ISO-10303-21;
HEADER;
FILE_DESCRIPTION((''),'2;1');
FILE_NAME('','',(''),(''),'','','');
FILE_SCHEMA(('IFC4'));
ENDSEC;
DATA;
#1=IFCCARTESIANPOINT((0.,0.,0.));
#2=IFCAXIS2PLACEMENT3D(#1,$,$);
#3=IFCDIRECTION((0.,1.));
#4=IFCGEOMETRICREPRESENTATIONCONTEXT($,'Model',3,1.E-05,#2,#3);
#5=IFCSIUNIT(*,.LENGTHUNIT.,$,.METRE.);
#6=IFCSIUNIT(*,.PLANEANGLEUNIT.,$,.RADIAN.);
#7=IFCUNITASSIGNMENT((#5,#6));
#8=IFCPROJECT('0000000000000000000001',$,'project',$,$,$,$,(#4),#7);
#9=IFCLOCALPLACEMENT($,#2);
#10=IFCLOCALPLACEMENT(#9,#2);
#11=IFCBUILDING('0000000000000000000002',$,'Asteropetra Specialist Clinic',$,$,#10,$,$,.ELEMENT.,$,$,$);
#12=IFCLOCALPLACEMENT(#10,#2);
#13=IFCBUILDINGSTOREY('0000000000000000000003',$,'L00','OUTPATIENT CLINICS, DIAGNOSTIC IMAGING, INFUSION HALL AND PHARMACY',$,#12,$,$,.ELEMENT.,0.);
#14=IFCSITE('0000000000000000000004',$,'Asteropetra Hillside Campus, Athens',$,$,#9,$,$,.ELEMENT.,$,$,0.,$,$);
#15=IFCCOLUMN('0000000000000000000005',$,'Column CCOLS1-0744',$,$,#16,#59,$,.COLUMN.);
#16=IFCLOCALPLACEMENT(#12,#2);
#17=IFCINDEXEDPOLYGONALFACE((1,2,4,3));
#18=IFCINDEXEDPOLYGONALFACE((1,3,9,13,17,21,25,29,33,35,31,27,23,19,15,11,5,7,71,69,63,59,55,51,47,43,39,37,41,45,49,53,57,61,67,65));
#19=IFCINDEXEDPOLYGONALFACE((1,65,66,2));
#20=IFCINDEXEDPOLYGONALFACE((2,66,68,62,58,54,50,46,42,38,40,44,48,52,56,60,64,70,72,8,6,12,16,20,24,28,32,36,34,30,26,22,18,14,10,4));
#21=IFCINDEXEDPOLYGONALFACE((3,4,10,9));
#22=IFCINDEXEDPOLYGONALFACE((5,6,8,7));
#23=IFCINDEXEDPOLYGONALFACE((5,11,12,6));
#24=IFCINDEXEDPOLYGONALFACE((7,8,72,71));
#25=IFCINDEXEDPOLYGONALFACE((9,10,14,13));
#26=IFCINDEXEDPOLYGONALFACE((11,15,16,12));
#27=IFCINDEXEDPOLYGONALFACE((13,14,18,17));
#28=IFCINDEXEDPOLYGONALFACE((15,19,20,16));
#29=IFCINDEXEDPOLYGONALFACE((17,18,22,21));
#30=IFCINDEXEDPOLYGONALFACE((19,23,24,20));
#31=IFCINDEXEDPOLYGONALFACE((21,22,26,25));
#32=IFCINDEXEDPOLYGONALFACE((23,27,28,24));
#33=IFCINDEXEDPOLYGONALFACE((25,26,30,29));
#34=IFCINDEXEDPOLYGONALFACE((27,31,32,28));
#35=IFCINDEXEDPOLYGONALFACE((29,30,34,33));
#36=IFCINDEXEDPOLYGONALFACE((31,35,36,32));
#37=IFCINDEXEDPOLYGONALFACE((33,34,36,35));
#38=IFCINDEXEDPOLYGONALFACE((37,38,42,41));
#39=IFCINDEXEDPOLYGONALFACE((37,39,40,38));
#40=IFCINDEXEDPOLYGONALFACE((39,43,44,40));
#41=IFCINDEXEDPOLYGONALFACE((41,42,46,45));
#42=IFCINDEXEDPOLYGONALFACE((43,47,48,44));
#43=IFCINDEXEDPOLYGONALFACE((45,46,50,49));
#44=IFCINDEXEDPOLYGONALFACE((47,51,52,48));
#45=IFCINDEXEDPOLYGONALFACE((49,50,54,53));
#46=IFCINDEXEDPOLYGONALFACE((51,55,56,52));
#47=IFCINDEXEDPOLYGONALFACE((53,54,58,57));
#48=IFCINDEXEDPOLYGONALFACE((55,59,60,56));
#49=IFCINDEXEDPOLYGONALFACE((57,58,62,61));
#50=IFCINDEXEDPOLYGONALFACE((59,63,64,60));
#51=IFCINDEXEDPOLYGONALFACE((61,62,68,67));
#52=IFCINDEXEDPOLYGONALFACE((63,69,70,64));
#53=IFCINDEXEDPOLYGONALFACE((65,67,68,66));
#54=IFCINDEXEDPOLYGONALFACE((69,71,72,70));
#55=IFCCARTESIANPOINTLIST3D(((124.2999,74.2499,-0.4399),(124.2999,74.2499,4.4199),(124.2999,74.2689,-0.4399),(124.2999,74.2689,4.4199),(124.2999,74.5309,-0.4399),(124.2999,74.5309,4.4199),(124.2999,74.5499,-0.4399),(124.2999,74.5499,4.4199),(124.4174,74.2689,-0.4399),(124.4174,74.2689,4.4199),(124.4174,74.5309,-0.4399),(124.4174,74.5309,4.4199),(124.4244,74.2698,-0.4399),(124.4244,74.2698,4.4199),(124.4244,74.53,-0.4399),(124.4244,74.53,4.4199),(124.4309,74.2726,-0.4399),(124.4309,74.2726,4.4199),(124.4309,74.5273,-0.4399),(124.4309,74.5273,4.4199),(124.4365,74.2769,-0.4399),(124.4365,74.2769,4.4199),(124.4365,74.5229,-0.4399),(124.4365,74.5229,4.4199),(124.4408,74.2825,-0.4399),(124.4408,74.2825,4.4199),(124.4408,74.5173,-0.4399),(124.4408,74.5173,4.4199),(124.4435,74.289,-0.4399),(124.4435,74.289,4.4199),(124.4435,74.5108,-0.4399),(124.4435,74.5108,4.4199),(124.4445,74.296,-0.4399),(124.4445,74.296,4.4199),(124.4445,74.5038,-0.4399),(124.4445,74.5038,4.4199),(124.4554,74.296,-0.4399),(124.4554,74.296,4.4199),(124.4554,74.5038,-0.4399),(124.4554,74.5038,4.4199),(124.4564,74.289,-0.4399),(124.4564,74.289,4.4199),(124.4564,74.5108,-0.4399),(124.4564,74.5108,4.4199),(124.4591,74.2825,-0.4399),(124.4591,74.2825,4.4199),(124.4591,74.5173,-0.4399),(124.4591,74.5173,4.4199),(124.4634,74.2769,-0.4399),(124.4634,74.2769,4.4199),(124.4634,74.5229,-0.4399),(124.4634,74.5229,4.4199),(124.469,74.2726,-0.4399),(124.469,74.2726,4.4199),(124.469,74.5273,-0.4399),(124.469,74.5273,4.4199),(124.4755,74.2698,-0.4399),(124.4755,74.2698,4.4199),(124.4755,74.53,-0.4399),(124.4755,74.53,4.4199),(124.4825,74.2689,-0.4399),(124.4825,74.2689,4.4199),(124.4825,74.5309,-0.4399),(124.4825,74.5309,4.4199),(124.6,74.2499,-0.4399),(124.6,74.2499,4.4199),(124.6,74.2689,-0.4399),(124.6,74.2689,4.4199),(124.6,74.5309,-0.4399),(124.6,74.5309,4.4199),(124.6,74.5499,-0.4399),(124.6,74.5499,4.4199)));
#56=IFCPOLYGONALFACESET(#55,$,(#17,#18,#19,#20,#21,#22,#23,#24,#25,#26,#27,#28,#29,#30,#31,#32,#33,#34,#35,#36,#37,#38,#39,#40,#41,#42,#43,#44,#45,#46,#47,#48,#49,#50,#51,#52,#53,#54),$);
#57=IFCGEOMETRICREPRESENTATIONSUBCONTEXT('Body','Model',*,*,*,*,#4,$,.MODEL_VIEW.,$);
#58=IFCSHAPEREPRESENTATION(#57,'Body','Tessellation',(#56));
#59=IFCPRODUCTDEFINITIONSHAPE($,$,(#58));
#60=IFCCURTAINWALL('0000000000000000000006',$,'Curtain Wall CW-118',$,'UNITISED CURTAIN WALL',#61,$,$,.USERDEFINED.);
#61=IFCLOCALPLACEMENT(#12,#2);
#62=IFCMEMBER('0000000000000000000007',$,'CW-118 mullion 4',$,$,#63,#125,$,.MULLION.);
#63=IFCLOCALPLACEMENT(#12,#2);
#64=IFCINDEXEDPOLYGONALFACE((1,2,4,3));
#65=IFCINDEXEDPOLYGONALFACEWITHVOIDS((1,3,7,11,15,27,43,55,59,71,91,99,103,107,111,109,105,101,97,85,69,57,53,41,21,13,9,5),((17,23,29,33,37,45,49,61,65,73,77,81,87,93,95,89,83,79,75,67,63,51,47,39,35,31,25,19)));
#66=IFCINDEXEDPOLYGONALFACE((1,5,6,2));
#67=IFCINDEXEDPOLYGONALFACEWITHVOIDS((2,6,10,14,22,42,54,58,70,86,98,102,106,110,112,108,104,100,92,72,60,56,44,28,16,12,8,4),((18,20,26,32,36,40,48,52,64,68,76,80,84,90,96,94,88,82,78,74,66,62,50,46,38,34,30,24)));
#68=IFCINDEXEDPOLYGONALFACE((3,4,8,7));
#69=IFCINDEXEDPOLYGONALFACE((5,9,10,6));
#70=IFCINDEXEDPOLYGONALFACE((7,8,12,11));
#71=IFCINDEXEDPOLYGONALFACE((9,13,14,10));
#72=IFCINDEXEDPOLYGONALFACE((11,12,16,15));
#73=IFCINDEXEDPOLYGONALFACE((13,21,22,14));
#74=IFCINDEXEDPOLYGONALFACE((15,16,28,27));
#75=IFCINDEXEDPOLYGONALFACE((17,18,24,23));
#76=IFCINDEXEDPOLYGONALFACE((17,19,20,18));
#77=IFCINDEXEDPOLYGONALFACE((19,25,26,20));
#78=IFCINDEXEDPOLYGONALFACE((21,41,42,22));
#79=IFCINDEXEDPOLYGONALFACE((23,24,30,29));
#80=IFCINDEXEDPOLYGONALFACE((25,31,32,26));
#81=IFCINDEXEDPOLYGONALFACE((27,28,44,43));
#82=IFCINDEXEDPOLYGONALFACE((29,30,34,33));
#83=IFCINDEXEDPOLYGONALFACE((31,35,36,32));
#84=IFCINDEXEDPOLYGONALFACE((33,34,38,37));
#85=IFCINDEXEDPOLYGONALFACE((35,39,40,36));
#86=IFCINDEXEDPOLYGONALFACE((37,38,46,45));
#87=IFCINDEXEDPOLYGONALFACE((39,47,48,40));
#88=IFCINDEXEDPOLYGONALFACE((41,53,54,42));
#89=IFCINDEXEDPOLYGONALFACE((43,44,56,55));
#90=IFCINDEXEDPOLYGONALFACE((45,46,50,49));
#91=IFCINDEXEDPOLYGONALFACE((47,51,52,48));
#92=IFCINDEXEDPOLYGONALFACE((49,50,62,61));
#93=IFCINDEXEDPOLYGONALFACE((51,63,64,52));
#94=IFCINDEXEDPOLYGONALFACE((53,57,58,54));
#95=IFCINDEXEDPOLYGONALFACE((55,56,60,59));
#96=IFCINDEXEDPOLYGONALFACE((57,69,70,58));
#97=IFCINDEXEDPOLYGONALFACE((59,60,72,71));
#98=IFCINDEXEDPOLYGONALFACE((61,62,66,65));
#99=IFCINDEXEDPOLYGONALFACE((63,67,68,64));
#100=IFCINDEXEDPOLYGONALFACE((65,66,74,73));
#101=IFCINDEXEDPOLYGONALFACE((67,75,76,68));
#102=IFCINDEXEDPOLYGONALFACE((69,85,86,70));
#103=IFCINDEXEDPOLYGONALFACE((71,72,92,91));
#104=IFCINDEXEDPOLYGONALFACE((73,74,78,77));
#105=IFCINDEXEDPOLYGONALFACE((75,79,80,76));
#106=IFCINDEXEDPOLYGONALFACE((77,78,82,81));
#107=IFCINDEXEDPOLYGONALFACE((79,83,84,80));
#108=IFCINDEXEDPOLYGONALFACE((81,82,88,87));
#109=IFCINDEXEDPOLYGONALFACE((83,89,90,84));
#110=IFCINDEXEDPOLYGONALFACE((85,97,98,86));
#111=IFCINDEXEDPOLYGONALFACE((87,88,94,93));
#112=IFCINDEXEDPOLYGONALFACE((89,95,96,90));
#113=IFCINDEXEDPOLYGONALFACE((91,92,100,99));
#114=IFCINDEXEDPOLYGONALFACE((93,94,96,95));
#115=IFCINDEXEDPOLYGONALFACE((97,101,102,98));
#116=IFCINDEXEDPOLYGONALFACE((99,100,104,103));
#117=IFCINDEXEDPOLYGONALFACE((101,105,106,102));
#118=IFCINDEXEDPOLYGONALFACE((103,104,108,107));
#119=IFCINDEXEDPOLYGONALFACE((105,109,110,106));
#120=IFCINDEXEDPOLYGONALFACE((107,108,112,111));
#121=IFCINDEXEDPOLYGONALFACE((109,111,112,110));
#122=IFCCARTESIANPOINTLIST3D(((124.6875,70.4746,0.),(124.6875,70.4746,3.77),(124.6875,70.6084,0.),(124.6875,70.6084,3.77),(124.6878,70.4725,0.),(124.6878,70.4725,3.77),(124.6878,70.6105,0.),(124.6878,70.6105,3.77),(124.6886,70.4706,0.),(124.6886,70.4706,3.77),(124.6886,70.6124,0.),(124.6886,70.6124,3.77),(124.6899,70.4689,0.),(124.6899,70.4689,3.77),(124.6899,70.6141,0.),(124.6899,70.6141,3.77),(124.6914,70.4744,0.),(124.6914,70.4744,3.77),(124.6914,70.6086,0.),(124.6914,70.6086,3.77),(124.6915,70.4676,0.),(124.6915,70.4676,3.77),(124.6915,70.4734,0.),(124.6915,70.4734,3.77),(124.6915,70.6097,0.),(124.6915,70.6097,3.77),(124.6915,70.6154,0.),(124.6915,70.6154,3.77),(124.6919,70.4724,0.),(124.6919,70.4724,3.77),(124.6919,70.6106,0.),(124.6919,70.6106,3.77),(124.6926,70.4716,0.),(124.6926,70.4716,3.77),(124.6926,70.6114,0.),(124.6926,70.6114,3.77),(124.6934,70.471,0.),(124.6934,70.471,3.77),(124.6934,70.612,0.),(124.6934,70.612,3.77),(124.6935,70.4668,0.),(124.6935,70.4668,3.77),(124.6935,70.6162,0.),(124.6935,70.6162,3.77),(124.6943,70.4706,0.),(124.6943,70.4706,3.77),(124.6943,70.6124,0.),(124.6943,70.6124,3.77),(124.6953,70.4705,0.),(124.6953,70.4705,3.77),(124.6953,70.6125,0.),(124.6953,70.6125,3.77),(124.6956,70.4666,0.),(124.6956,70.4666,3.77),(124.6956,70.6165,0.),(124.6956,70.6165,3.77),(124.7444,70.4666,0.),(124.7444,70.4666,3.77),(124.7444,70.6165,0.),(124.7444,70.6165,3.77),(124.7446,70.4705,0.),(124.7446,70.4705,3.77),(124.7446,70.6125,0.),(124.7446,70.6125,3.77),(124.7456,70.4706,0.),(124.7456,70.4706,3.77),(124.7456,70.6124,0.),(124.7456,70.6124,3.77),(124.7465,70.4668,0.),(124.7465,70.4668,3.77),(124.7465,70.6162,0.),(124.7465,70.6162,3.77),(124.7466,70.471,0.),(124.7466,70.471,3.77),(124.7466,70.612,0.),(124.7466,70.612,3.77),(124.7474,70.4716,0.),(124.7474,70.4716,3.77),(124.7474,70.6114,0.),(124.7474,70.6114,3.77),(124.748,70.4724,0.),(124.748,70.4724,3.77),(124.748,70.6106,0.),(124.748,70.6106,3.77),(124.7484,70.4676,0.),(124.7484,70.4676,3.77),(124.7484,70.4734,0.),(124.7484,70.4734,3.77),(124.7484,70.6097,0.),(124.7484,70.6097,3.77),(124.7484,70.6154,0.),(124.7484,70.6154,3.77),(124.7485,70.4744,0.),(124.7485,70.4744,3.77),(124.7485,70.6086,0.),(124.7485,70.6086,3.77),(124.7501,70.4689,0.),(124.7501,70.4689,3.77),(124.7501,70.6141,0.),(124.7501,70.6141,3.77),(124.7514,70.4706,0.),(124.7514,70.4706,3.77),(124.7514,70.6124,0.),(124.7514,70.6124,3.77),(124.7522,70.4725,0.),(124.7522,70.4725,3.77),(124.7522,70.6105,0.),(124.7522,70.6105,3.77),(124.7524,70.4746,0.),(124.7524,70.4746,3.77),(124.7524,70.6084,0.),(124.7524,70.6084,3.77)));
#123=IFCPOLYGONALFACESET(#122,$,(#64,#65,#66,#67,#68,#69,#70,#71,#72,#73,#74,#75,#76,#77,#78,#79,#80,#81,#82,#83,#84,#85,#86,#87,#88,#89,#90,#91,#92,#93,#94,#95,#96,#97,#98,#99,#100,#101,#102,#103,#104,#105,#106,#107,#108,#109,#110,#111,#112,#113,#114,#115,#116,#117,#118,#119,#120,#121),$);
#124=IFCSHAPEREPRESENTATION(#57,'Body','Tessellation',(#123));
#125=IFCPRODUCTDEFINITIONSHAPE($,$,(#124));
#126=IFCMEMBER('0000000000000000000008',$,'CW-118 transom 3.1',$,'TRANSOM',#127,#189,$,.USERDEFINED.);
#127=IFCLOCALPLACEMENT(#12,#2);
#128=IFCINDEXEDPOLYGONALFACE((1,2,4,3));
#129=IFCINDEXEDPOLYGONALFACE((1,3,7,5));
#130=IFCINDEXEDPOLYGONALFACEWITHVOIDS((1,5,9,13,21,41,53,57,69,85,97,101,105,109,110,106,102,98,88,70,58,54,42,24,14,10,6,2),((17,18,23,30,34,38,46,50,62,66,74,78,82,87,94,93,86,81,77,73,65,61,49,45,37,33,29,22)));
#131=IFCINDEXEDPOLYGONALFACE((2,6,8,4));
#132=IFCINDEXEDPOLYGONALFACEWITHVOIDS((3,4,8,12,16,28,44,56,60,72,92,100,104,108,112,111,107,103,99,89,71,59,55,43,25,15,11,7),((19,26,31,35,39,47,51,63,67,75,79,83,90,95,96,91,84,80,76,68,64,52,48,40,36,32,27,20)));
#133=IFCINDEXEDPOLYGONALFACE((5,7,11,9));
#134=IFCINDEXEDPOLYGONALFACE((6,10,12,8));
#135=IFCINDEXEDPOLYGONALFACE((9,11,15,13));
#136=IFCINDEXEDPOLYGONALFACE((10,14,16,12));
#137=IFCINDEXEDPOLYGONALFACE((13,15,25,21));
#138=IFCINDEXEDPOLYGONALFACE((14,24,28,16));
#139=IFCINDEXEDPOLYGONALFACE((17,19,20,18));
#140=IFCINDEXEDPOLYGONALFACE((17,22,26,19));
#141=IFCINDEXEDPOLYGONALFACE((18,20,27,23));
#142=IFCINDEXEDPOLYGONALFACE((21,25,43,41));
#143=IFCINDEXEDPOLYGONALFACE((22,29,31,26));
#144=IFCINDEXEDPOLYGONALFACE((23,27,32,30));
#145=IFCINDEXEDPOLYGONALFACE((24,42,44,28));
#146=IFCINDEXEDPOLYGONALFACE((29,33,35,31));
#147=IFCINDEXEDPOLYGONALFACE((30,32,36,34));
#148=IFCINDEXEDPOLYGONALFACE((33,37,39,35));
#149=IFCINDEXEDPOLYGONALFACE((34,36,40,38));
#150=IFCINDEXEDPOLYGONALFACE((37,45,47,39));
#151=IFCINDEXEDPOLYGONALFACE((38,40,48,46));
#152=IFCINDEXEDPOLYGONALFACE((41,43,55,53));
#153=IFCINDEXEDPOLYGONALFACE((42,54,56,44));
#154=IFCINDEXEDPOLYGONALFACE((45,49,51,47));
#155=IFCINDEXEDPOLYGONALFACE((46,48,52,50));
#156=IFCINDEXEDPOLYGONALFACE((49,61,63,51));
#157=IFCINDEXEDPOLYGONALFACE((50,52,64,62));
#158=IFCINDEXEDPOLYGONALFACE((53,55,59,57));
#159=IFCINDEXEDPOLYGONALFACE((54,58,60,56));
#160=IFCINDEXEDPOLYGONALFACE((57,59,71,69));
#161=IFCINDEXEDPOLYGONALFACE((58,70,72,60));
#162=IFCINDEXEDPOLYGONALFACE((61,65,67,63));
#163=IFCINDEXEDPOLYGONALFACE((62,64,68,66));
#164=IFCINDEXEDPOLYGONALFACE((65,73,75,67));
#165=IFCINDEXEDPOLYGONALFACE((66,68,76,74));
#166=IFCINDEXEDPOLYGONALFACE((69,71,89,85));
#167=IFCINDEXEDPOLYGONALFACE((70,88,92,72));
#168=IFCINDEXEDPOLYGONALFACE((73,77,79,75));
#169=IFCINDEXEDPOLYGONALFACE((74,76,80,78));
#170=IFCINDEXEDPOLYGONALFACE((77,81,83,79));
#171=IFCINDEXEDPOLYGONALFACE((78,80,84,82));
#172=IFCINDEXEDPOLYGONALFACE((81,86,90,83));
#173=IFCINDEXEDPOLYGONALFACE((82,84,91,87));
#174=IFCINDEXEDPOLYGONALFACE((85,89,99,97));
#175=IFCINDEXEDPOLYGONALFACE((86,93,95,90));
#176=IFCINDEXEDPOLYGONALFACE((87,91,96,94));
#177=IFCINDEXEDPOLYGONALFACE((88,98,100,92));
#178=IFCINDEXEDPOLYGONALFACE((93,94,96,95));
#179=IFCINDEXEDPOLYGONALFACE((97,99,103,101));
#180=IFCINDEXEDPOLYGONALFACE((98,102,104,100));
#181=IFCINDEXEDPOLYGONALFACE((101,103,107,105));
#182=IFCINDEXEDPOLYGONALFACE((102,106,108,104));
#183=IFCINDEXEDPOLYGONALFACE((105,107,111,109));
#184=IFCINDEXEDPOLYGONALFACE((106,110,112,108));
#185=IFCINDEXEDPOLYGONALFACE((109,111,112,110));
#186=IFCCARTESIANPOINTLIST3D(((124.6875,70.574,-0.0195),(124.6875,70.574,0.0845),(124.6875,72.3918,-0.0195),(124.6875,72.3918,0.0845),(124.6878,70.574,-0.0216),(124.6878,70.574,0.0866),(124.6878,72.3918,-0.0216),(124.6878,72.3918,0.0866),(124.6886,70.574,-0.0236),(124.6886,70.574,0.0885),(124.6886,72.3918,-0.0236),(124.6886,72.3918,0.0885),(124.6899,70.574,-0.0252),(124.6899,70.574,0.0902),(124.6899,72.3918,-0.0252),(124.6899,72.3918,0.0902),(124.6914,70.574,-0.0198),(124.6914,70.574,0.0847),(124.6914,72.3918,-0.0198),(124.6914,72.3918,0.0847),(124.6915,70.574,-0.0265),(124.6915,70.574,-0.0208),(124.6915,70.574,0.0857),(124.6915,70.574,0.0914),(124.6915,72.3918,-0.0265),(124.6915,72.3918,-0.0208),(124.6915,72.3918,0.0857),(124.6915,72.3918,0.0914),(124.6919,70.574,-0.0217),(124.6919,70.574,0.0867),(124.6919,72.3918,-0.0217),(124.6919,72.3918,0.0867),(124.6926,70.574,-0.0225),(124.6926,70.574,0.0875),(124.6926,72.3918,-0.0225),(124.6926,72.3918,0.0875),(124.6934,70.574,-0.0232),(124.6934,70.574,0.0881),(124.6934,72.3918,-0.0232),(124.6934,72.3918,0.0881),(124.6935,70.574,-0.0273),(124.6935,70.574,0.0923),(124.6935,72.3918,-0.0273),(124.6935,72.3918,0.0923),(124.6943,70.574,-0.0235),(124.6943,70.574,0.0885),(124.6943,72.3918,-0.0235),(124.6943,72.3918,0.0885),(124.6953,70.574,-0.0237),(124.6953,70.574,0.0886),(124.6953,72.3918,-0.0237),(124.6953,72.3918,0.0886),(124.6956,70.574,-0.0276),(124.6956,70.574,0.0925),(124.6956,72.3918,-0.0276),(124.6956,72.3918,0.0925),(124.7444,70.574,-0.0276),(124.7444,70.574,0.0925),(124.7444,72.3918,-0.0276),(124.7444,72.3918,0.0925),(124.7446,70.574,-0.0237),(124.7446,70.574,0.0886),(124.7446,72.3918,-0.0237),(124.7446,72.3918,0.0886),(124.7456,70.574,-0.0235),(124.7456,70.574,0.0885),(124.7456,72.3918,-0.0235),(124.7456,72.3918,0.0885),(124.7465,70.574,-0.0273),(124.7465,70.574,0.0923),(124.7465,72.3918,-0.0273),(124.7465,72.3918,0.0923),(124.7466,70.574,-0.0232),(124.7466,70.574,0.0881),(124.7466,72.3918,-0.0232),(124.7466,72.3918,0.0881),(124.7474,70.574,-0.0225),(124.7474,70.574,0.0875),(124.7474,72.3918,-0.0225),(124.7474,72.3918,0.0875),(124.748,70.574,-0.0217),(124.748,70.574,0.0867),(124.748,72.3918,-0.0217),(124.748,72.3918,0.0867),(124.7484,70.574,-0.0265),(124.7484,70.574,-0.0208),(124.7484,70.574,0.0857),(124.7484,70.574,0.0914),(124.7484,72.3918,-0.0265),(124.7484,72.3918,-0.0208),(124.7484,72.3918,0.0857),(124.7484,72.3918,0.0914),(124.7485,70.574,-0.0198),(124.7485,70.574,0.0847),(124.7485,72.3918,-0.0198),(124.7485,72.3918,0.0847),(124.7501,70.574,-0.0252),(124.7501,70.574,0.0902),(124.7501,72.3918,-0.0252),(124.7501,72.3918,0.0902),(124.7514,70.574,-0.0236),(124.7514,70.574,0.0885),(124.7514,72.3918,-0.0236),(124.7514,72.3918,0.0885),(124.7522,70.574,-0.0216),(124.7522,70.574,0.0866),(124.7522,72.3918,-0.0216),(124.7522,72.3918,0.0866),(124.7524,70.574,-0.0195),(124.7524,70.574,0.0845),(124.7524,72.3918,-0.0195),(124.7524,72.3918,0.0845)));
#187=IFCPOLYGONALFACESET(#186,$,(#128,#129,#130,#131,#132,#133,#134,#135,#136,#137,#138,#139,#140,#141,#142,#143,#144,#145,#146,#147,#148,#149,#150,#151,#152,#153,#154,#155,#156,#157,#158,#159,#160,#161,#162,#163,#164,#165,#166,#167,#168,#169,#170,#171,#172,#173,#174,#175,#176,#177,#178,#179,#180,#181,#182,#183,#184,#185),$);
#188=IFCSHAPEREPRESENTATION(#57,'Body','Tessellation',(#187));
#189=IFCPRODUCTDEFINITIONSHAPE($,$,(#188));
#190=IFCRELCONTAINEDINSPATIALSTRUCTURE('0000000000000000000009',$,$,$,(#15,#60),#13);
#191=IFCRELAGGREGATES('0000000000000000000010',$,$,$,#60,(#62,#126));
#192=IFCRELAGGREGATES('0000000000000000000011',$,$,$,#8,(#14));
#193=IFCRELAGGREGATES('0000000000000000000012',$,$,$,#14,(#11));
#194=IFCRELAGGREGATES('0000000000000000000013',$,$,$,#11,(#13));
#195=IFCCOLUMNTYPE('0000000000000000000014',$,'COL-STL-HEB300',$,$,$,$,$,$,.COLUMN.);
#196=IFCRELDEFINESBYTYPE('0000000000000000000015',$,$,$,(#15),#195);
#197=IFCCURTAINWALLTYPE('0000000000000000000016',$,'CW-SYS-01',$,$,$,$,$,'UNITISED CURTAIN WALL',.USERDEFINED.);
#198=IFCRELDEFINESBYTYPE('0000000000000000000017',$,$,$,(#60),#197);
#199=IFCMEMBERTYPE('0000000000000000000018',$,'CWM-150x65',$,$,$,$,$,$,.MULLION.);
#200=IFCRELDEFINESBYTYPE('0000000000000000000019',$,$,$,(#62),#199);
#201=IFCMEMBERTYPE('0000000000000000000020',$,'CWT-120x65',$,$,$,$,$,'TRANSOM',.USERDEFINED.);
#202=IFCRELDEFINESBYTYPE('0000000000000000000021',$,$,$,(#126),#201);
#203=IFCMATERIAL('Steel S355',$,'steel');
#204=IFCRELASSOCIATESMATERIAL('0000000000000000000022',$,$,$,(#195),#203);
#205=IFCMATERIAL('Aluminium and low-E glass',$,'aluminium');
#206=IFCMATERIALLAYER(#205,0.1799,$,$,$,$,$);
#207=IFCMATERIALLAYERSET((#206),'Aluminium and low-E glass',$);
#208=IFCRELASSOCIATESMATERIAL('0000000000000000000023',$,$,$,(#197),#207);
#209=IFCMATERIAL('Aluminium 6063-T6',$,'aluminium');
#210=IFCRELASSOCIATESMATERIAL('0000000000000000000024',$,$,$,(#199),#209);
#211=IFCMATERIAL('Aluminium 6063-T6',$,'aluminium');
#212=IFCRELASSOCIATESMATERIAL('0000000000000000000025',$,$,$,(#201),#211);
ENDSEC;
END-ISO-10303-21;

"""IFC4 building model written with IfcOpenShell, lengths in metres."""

from ifc_helpers import new_model, si_unit, direction, frame, origin, origin_2d, place, context, subcontext, project, spatial, hollow_rectangle, i_section, extrude, material, layer, layer_set, material_profile, profile_set, type_object, element, aggregate, save


model = new_model("IFC4")

# Units and contexts
model_context = context("Model", 3, precision=1e-05, world=origin(), true_north=direction((0.0, 1.0)))
body_context = subcontext(model_context, "Body", "Model", "MODEL_VIEW")
ifc_project = project(units=[si_unit("LENGTHUNIT", "METRE"), si_unit("PLANEANGLEUNIT", "RADIAN")], contexts=[model_context])

# Site, building, storey
site_placement = place(None, origin())
site = spatial("IfcSite", under=ifc_project, at=site_placement, Name="Asteropetra Hillside Campus, Athens", CompositionType="ELEMENT", RefElevation=0.0)
building_placement = place(site_placement, origin())
building = spatial("IfcBuilding", under=site, at=building_placement, Name="Asteropetra Specialist Clinic", CompositionType="ELEMENT")
storey_placement = place(building_placement, origin())
storey = spatial("IfcBuildingStorey", under=building, at=storey_placement, Name="L00", Description="OUTPATIENT CLINICS, DIAGNOSTIC IMAGING, INFUSION HALL AND PHARMACY", CompositionType="ELEMENT", Elevation=0.0)

# Column
ifc_material_1 = material(Name="Steel S355", Category="steel")
ifc_material_profile_1 = material_profile(ifc_material_1, i_section(OverallWidth=0.3, OverallDepth=0.3, WebThickness=0.011, FlangeThickness=0.019, FilletRadius=0.0271, at=origin_2d()), Name="HEB 300")
ifc_profile_set_1 = profile_set([ifc_material_profile_1], Name="Steel S355")
column_type = type_object("IfcColumnType", Name="COL-STL-HEB300", PredefinedType="COLUMN", material=ifc_profile_set_1)
for number, where, z_axis, x_axis, name in (
    (1, (124.45, 74.3999, -0.4399), (0.0, 0.0, 1.0), (1.0, 0.0, 0.0), "Column CCOLS1-0744"),
):
    element("IfcColumn", number, at=place(storey_placement, frame(where, z_axis=z_axis, x_axis=x_axis)), inside=storey, type_object=column_type, Name=name, PredefinedType="COLUMN", context=body_context, shape_type="SweptSolid", body=[
        extrude(i_section(OverallWidth=0.3, OverallDepth=0.3, WebThickness=0.011, FlangeThickness=0.019, FilletRadius=0.0271, at=origin_2d()), origin(), (0.0, 0.0, 1.0), 4.8599),
    ])

# Curtain wall, members
ifc_material_2 = material(Name="Aluminium and low-E glass", Category="aluminium")
ifc_layer_1 = layer(ifc_material_2, 0.1799)
ifc_layer_set_1 = layer_set([ifc_layer_1], Name="Aluminium and low-E glass")
curtain_wall_type = type_object("IfcCurtainWallType", Name="CW-SYS-01", ElementType="UNITISED CURTAIN WALL", PredefinedType="USERDEFINED", material=ifc_layer_set_1)
curtain_wall_placement = place(storey_placement, origin())
curtain_wall = element("IfcCurtainWall", 2, at=curtain_wall_placement, inside=storey, type_object=curtain_wall_type, Name="Curtain Wall CW-118", ObjectType="UNITISED CURTAIN WALL", PredefinedType="USERDEFINED")
ifc_material_3 = material(Name="Aluminium 6063-T6", Category="aluminium")
ifc_material_profile_2 = material_profile(ifc_material_3, hollow_rectangle(XDim=0.0649, YDim=0.1499, WallThickness=0.0039, InnerFilletRadius=0.0039, OuterFilletRadius=0.0081, at=origin_2d()), Name="MUL 150x65x4.0")
ifc_profile_set_2 = profile_set([ifc_material_profile_2], Name="Aluminium 6063-T6")
member_type_1 = type_object("IfcMemberType", Name="CWM-150x65", PredefinedType="MULLION", material=ifc_profile_set_2)
member_1_placement = place(storey_placement, frame((124.72, 70.5415, 0.0), z_axis=(0.0, 0.0, 1.0), x_axis=(1.0, 0.0, 0.0)))
member_1 = element("IfcMember", 3, at=member_1_placement, type_object=member_type_1, Name="CW-118 mullion 4", PredefinedType="MULLION", context=body_context, shape_type="SweptSolid", body=[
    extrude(hollow_rectangle(XDim=0.0649, YDim=0.1499, WallThickness=0.0039, InnerFilletRadius=0.0039, OuterFilletRadius=0.0081, at=origin_2d()), origin(), (0.0, 0.0, 1.0), 3.77),
])
ifc_material_4 = material(Name="Aluminium 6063-T6", Category="aluminium")
ifc_material_profile_3 = material_profile(ifc_material_4, hollow_rectangle(XDim=0.0649, YDim=0.1201, WallThickness=0.0039, InnerFilletRadius=0.0039, OuterFilletRadius=0.0081, at=origin_2d()), Name="TRN 120x65x4.0")
ifc_profile_set_3 = profile_set([ifc_material_profile_3], Name="Aluminium 6063-T6")
member_type_2 = type_object("IfcMemberType", Name="CWT-120x65", ElementType="TRANSOM", PredefinedType="USERDEFINED", material=ifc_profile_set_3)
member_2_placement = place(storey_placement, frame((124.72, 72.3918, 0.0325), z_axis=(0.0, -1.0, 0.0), x_axis=(1.0, 0.0, 0.0)))
member_2 = element("IfcMember", 4, at=member_2_placement, type_object=member_type_2, Name="CW-118 transom 3.1", ObjectType="TRANSOM", PredefinedType="USERDEFINED", context=body_context, shape_type="SweptSolid", body=[
    extrude(hollow_rectangle(XDim=0.0649, YDim=0.1201, WallThickness=0.0039, InnerFilletRadius=0.0039, OuterFilletRadius=0.0081, at=origin_2d()), origin(), (0.0, 0.0, 1.0), 1.8179),
])
aggregate(curtain_wall, [member_1, member_2])

save(model, "model.ifc")
